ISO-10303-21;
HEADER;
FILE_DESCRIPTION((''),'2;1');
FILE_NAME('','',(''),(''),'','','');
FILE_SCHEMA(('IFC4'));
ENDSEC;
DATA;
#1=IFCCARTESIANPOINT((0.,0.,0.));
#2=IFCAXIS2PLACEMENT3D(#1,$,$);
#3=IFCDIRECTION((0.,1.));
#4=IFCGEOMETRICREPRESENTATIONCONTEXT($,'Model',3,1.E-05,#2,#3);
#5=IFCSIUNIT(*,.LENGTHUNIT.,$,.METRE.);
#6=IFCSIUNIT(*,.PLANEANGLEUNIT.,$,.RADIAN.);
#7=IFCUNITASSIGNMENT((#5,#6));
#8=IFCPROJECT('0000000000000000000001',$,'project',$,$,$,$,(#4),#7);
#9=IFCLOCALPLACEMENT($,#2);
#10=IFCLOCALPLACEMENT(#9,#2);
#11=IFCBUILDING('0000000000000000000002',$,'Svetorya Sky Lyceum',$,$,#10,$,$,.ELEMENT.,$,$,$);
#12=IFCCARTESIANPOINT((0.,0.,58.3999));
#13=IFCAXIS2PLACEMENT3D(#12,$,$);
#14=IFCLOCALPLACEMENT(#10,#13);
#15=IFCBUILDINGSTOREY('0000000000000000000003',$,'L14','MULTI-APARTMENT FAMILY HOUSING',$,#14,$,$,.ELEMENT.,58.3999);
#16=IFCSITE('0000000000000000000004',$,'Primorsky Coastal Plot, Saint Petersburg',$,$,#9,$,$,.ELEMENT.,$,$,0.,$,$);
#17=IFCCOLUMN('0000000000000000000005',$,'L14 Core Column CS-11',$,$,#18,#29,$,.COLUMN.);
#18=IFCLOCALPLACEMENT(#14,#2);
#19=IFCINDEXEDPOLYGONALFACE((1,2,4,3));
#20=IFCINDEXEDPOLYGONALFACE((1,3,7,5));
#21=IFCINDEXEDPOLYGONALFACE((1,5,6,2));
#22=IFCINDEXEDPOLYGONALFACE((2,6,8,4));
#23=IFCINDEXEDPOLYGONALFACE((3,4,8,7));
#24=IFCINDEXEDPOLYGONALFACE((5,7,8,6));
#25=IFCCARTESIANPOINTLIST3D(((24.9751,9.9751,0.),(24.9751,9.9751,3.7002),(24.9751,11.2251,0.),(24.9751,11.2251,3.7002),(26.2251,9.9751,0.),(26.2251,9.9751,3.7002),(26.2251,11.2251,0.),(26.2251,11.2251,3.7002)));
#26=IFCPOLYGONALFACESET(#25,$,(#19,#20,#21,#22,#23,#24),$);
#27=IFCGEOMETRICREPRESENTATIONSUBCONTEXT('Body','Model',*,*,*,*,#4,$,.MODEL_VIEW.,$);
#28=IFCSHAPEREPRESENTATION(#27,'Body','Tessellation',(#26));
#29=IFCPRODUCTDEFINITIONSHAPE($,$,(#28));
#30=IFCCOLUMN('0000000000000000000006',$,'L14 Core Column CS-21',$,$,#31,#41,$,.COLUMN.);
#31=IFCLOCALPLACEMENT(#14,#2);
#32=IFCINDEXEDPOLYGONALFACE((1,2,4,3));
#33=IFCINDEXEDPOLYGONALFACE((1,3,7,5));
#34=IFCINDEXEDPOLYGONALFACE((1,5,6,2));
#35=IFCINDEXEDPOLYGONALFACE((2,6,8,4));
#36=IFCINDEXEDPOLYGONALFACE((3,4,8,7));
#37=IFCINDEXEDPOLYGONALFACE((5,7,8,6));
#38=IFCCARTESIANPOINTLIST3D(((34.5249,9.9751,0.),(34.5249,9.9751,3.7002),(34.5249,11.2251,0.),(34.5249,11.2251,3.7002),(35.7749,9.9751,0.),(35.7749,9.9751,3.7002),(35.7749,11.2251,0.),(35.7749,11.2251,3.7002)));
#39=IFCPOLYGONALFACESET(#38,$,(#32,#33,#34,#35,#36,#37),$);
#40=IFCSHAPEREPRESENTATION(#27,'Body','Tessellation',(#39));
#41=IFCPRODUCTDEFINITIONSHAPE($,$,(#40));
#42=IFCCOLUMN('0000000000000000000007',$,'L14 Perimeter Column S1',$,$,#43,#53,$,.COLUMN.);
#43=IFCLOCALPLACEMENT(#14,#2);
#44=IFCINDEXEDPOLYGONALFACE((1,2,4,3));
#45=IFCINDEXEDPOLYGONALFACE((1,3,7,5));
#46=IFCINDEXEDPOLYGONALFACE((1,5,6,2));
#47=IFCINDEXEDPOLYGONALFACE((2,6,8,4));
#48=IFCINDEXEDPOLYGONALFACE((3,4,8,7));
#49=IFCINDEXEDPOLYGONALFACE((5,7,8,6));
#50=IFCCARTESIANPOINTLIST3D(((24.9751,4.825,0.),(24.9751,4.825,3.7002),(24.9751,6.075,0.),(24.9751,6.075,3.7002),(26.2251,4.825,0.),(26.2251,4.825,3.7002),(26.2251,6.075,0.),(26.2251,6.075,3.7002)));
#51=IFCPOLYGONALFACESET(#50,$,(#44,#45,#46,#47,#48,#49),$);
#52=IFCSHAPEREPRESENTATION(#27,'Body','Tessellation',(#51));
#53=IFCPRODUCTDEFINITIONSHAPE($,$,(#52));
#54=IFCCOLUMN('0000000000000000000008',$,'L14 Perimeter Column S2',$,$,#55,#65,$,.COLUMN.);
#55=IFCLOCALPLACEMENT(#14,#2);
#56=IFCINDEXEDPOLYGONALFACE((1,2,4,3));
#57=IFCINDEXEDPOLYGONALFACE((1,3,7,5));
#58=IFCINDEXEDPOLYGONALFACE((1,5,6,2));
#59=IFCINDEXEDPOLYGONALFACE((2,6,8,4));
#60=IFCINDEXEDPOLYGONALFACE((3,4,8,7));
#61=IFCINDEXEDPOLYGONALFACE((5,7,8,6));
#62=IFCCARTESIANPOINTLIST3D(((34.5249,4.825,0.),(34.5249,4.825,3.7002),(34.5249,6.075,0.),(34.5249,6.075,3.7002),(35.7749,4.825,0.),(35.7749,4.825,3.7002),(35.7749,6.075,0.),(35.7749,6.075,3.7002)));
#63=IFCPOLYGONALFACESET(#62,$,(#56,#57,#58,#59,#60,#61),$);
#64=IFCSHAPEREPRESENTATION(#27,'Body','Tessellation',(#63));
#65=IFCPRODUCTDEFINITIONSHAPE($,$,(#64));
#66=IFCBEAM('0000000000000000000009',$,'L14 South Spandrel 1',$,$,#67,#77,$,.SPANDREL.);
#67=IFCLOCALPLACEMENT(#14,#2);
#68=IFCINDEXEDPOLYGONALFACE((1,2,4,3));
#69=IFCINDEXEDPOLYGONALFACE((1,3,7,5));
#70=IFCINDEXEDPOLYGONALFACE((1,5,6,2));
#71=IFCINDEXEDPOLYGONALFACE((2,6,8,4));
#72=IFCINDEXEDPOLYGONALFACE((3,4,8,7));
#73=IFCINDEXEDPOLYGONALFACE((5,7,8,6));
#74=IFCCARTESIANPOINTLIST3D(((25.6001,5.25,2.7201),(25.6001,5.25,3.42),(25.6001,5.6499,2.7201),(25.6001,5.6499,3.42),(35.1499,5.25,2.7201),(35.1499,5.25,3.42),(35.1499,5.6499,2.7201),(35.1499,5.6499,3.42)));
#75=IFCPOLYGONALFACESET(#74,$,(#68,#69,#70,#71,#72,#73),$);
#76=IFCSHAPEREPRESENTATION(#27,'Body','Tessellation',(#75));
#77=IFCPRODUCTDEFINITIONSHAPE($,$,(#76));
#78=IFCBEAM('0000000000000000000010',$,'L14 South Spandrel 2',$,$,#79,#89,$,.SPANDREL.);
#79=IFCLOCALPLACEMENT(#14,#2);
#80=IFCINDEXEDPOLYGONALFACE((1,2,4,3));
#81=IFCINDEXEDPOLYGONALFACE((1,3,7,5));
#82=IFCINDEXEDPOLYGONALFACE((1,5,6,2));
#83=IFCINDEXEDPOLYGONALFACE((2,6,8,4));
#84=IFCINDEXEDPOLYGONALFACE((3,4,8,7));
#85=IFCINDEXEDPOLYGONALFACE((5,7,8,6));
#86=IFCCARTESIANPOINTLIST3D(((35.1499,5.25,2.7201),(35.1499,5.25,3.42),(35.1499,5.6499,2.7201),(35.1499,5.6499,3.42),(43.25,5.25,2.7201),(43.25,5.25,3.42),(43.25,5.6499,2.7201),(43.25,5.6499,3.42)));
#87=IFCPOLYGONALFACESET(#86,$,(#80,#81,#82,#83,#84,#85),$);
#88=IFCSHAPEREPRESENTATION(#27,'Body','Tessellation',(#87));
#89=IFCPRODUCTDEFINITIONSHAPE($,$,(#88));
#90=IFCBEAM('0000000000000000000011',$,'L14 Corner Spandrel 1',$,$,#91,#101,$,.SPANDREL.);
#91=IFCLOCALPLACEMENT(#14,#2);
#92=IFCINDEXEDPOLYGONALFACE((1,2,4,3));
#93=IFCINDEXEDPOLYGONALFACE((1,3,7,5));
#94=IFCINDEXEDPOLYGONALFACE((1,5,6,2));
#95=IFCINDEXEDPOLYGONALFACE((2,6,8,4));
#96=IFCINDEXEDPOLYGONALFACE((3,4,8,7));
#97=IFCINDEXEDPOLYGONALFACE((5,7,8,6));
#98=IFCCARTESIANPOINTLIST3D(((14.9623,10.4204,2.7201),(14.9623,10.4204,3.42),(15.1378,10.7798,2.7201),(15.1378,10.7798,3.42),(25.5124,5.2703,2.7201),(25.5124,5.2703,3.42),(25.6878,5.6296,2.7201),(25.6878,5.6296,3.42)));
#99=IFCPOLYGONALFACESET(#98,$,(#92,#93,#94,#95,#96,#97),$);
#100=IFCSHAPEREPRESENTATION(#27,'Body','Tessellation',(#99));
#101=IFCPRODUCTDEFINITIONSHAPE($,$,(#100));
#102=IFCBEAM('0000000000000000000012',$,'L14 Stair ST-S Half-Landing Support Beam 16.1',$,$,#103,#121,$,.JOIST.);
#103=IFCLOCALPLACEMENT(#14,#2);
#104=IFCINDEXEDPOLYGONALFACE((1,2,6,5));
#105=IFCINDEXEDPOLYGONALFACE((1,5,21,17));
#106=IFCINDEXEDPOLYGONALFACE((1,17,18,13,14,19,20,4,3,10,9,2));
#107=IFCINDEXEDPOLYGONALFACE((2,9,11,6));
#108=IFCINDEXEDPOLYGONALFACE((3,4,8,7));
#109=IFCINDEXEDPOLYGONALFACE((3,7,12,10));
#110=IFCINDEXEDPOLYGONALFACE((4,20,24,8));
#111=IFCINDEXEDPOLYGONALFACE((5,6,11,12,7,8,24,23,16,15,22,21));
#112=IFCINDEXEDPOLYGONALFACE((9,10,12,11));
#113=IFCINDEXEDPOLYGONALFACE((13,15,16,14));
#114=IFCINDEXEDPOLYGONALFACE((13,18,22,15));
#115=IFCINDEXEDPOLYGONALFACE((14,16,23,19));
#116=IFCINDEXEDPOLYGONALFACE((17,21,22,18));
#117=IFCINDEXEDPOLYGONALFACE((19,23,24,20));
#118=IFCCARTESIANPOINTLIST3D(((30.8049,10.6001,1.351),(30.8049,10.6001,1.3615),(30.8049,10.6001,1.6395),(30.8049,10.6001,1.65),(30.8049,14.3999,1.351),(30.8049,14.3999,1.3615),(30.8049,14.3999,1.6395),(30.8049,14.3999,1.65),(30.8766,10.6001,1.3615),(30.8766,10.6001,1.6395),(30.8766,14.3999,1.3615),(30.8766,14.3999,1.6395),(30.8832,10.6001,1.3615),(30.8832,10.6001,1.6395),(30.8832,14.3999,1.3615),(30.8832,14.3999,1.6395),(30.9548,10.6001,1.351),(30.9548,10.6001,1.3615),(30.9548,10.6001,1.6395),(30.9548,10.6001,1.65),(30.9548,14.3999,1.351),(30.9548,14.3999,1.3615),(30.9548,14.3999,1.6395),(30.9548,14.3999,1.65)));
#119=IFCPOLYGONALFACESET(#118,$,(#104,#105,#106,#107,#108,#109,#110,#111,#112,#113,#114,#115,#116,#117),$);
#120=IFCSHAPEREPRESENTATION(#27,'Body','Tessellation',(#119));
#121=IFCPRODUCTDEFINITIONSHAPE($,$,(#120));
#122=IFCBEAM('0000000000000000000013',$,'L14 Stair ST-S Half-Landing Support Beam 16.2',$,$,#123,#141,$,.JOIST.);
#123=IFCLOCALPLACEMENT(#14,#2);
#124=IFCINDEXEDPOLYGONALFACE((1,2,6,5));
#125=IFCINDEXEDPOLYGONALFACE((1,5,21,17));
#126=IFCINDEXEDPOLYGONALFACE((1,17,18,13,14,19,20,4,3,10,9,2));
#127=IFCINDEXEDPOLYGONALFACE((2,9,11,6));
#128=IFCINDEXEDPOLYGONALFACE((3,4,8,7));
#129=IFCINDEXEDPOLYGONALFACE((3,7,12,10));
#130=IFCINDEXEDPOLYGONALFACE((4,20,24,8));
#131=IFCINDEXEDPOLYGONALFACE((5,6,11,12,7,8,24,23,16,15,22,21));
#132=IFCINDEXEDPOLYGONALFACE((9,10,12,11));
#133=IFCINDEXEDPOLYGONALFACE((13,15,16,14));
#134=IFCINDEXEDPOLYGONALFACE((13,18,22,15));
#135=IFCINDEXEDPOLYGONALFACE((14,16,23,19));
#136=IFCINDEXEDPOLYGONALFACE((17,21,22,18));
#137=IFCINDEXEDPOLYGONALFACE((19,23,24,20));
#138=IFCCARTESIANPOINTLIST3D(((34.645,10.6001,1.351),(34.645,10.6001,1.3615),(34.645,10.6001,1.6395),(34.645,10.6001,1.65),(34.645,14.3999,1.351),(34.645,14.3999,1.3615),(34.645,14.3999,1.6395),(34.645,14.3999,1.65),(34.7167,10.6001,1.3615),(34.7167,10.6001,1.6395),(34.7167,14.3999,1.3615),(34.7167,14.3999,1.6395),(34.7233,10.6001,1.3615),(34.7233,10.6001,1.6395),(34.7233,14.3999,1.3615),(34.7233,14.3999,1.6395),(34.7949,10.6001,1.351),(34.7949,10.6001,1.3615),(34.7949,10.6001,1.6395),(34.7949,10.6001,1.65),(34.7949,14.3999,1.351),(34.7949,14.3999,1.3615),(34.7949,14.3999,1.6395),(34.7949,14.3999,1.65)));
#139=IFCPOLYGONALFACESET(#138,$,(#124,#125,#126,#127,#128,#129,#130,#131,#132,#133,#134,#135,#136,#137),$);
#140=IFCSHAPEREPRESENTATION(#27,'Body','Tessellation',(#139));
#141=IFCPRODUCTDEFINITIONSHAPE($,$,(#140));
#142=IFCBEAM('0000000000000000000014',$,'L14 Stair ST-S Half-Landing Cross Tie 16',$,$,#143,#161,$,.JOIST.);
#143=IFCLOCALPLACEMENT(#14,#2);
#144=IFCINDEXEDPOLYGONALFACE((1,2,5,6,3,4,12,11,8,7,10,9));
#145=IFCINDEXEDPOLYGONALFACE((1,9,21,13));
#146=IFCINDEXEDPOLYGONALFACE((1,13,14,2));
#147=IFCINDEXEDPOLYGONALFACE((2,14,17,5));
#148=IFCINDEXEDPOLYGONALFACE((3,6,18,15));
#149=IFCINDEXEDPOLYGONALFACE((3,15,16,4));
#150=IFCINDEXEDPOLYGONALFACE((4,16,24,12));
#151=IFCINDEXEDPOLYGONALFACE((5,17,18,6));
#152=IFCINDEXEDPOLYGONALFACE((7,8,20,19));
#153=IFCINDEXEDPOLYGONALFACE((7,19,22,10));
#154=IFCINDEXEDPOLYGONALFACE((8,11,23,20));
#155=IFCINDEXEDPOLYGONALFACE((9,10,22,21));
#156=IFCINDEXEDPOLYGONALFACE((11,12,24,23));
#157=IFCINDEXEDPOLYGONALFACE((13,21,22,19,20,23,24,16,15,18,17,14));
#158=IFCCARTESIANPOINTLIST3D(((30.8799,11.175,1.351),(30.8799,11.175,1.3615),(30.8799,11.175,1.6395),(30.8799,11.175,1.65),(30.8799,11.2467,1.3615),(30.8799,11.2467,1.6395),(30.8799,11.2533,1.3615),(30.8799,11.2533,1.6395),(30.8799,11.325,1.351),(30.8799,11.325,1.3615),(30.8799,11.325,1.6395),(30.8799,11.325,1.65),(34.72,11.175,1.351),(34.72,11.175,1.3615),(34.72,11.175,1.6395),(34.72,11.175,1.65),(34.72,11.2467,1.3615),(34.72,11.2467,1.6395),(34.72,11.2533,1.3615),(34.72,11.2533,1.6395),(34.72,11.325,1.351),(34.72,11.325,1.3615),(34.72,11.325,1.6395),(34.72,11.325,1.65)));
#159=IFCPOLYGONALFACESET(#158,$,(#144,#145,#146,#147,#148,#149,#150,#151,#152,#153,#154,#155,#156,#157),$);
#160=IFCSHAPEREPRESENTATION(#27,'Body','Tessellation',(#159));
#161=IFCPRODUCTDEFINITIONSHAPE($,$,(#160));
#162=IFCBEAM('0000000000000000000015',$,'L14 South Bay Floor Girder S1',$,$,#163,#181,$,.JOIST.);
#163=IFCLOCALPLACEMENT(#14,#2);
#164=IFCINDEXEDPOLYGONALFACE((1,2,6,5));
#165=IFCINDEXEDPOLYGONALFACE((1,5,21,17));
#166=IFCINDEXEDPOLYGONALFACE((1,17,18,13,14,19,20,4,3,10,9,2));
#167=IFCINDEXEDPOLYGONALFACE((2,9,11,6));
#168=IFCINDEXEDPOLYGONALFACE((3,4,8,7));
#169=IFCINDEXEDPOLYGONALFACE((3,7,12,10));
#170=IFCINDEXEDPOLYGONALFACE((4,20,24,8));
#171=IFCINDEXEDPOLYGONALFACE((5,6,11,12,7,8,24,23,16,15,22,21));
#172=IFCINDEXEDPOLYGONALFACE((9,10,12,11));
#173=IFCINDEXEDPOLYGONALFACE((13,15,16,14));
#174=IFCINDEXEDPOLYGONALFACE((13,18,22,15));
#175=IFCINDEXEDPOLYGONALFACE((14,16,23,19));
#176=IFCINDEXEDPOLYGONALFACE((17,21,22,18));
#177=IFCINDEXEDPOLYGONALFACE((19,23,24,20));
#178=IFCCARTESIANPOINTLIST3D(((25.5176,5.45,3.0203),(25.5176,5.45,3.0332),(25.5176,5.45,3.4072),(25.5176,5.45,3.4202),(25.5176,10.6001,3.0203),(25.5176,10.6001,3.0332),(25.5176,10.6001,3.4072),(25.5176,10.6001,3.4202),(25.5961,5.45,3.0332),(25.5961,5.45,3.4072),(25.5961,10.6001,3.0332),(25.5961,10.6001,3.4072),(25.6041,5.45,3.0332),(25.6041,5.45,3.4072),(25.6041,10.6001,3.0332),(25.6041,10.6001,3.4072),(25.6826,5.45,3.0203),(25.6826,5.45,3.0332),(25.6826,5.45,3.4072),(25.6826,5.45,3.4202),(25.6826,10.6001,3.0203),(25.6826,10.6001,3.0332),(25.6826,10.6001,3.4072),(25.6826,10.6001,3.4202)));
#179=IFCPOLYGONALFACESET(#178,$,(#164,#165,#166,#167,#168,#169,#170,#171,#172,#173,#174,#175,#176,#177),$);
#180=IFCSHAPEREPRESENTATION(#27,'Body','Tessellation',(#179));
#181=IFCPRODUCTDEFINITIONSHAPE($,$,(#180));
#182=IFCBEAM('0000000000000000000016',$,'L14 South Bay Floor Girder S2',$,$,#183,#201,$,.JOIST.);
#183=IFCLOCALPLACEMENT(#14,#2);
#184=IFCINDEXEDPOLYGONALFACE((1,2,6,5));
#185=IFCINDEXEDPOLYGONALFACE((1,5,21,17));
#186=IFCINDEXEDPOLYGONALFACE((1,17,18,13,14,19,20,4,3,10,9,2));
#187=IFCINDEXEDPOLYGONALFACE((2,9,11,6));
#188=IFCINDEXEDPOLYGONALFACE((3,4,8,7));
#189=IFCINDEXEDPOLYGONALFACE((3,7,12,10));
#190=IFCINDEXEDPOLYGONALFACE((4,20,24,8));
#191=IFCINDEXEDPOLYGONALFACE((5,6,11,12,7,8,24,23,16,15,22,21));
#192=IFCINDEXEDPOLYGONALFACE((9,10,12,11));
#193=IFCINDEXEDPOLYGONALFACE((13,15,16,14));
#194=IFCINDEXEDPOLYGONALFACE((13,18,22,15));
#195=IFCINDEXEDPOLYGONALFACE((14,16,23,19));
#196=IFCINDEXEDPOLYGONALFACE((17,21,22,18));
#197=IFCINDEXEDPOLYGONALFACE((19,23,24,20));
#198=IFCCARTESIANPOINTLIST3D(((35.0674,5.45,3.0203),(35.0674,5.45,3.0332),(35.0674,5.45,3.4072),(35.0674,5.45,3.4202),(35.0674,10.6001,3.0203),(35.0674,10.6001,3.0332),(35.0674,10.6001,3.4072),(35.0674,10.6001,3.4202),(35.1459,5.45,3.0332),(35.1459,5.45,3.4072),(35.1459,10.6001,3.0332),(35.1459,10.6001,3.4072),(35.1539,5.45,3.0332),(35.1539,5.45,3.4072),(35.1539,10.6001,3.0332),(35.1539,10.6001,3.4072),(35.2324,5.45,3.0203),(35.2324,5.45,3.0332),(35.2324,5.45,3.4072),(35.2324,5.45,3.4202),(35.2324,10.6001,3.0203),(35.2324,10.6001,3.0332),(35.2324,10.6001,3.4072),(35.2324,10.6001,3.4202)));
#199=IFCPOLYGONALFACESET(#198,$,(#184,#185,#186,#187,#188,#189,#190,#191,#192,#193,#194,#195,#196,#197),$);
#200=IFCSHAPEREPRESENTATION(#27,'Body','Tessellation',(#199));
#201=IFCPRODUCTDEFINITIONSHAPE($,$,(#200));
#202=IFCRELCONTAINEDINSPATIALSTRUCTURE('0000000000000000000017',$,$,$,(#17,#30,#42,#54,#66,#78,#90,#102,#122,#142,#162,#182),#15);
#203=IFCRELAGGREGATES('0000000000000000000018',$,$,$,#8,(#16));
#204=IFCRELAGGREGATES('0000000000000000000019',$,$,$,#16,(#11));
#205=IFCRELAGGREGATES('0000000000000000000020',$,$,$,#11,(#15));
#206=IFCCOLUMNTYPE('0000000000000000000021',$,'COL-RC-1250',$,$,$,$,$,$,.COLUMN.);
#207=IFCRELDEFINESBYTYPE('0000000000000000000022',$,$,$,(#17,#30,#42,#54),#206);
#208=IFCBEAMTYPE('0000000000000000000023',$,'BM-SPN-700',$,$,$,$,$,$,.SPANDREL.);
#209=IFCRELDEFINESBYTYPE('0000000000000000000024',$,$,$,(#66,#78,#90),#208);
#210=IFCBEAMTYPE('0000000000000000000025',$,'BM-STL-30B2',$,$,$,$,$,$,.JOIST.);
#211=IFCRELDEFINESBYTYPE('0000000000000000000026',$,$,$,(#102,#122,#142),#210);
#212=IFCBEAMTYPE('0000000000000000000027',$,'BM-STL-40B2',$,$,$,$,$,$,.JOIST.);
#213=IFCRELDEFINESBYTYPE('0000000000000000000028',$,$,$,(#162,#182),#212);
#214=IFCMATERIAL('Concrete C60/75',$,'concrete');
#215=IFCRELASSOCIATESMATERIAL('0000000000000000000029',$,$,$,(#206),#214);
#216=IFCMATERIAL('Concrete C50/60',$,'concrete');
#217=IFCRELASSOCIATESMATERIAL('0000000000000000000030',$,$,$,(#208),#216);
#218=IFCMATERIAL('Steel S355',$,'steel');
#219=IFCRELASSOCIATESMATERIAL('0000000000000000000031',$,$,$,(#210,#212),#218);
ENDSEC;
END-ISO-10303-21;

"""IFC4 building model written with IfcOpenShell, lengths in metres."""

from ifc_helpers import new_model, si_unit, direction, frame, origin, origin_2d, place, context, subcontext, project, spatial, rectangle, i_section, extrude, material, material_profile, profile_set, type_object, element, save


model = new_model("IFC4")

# Units and contexts
model_context = context("Model", 3, precision=1e-05, world=origin(), true_north=direction((0.0, 1.0)))
body_context = subcontext(model_context, "Body", "Model", "MODEL_VIEW")
ifc_project = project(units=[si_unit("LENGTHUNIT", "METRE"), si_unit("PLANEANGLEUNIT", "RADIAN")], contexts=[model_context])

# Site, building, storey
site_placement = place(None, origin())
site = spatial("IfcSite", under=ifc_project, at=site_placement, Name="Primorsky Coastal Plot, Saint Petersburg", CompositionType="ELEMENT", RefElevation=0.0)
building_placement = place(site_placement, origin())
building = spatial("IfcBuilding", under=site, at=building_placement, Name="Svetorya Sky Lyceum", CompositionType="ELEMENT")
storey_placement = place(building_placement, frame((0.0, 0.0, 58.3999)))
storey = spatial("IfcBuildingStorey", under=building, at=storey_placement, Name="L14", Description="MULTI-APARTMENT FAMILY HOUSING", CompositionType="ELEMENT", Elevation=58.3999)

# Columns
ifc_material_1 = material(Name="Concrete C60/75", Category="concrete")
ifc_material_profile_1 = material_profile(ifc_material_1, rectangle(XDim=1.25, YDim=1.25, at=origin_2d()), Name="RC COL 1250x1250")
ifc_profile_set_1 = profile_set([ifc_material_profile_1], Name="Concrete C60/75")
column_type = type_object("IfcColumnType", Name="COL-RC-1250", PredefinedType="COLUMN", material=ifc_profile_set_1)
for number, where, z_axis, x_axis, name in (
    (1, (25.6001, 10.6001, 0.0), (0.0, 0.0, 1.0), (1.0, 0.0, 0.0), "L14 Core Column CS-11"),
    (2, (35.1499, 10.6001, 0.0), (0.0, 0.0, 1.0), (1.0, 0.0, 0.0), "L14 Core Column CS-21"),
    (3, (25.6001, 5.45, 0.0), (0.0, 0.0, 1.0), (1.0, 0.0, 0.0), "L14 Perimeter Column S1"),
    (4, (35.1499, 5.45, 0.0), (0.0, 0.0, 1.0), (1.0, 0.0, 0.0), "L14 Perimeter Column S2"),
):
    element("IfcColumn", number, at=place(storey_placement, frame(where, z_axis=z_axis, x_axis=x_axis)), inside=storey, type_object=column_type, Name=name, PredefinedType="COLUMN", context=body_context, shape_type="SweptSolid", body=[
        extrude(rectangle(XDim=1.25, YDim=1.25, at=origin_2d()), origin(), (0.0, 0.0, 1.0), 3.7002),
    ])

# Beams
ifc_material_2 = material(Name="Concrete C50/60", Category="concrete")
ifc_material_profile_2 = material_profile(ifc_material_2, rectangle(XDim=0.3999, YDim=0.7, at=origin_2d()), Name="RC SPANDREL 400x700")
ifc_profile_set_2 = profile_set([ifc_material_profile_2], Name="Concrete C50/60")
beam_type_1 = type_object("IfcBeamType", Name="BM-SPN-700", PredefinedType="SPANDREL", material=ifc_profile_set_2)
beam_1_placement = place(storey_placement, frame((25.6001, 5.45, 3.0701), z_axis=(1.0, 0.0, 0.0), x_axis=(0.0, 1.0, 0.0)))
element("IfcBeam", 5, at=beam_1_placement, inside=storey, type_object=beam_type_1, Name="L14 South Spandrel 1", PredefinedType="SPANDREL", context=body_context, shape_type="SweptSolid", body=[
    extrude(rectangle(XDim=0.3999, YDim=0.7, at=origin_2d()), origin(), (0.0, 0.0, 1.0), 9.5498),
])
beam_2_placement = place(storey_placement, frame((35.1499, 5.45, 3.0701), z_axis=(1.0, 0.0, 0.0), x_axis=(0.0, 1.0, 0.0)))
element("IfcBeam", 6, at=beam_2_placement, inside=storey, type_object=beam_type_1, Name="L14 South Spandrel 2", PredefinedType="SPANDREL", context=body_context, shape_type="SweptSolid", body=[
    extrude(rectangle(XDim=0.3999, YDim=0.7, at=origin_2d()), origin(), (0.0, 0.0, 1.0), 8.1001),
])
beam_3_placement = place(storey_placement, frame((25.6001, 5.45, 3.0701), z_axis=(-0.898641, 0.438684, 0.0), x_axis=(-0.438684, -0.898641, 0.0)))
element("IfcBeam", 7, at=beam_3_placement, inside=storey, type_object=beam_type_1, Name="L14 Corner Spandrel 1", PredefinedType="SPANDREL", context=body_context, shape_type="SweptSolid", body=[
    extrude(rectangle(XDim=0.3999, YDim=0.7, at=origin_2d()), origin(), (0.0, 0.0, 1.0), 11.74),
])
ifc_material_3 = material(Name="Steel S355", Category="steel")
ifc_material_profile_3 = material_profile(ifc_material_3, i_section(OverallWidth=0.1499, OverallDepth=0.2991, WebThickness=0.0066, FlangeThickness=0.0105, at=origin_2d()), Name="GOST 30B2")
ifc_profile_set_3 = profile_set([ifc_material_profile_3], Name="Steel S355")
beam_type_2 = type_object("IfcBeamType", Name="BM-STL-30B2", PredefinedType="JOIST", material=ifc_profile_set_3)
for number, where, z_axis, x_axis, name in (
    (8, (30.8799, 10.6001, 1.5005), (0.0, 1.0, 0.0), (-1.0, 0.0, 0.0), "L14 Stair ST-S Half-Landing Support Beam 16.1"),
    (9, (34.72, 10.6001, 1.5005), (0.0, 1.0, 0.0), (-1.0, 0.0, 0.0), "L14 Stair ST-S Half-Landing Support Beam 16.2"),
):
    element("IfcBeam", number, at=place(storey_placement, frame(where, z_axis=z_axis, x_axis=x_axis)), inside=storey, type_object=beam_type_2, Name=name, PredefinedType="JOIST", context=body_context, shape_type="SweptSolid", body=[
        extrude(i_section(OverallWidth=0.1499, OverallDepth=0.2991, WebThickness=0.0066, FlangeThickness=0.0105, at=origin_2d()), origin(), (0.0, 0.0, 1.0), 3.7998),
    ])
beam_4_placement = place(storey_placement, frame((30.8799, 11.25, 1.5005), z_axis=(1.0, 0.0, 0.0), x_axis=(0.0, 1.0, 0.0)))
element("IfcBeam", 10, at=beam_4_placement, inside=storey, type_object=beam_type_2, Name="L14 Stair ST-S Half-Landing Cross Tie 16", PredefinedType="JOIST", context=body_context, shape_type="SweptSolid", body=[
    extrude(i_section(OverallWidth=0.1499, OverallDepth=0.2991, WebThickness=0.0066, FlangeThickness=0.0105, at=origin_2d()), origin(), (0.0, 0.0, 1.0), 3.8401),
])
ifc_material_profile_4 = material_profile(ifc_material_3, i_section(OverallWidth=0.165, OverallDepth=0.3999, WebThickness=0.0081, FlangeThickness=0.0129, at=origin_2d()), Name="GOST 40B2")
ifc_profile_set_4 = profile_set([ifc_material_profile_4], Name="Steel S355")
beam_type_3 = type_object("IfcBeamType", Name="BM-STL-40B2", PredefinedType="JOIST", material=ifc_profile_set_4)
for number, where, z_axis, x_axis, name in (
    (11, (25.6001, 5.45, 3.2202), (0.0, 1.0, 0.0), (-1.0, 0.0, 0.0), "L14 South Bay Floor Girder S1"),
    (12, (35.1499, 5.45, 3.2202), (0.0, 1.0, 0.0), (-1.0, 0.0, 0.0), "L14 South Bay Floor Girder S2"),
):
    element("IfcBeam", number, at=place(storey_placement, frame(where, z_axis=z_axis, x_axis=x_axis)), inside=storey, type_object=beam_type_3, Name=name, PredefinedType="JOIST", context=body_context, shape_type="SweptSolid", body=[
        extrude(i_section(OverallWidth=0.165, OverallDepth=0.3999, WebThickness=0.0081, FlangeThickness=0.0129, at=origin_2d()), origin(), (0.0, 0.0, 1.0), 5.1501),
    ])

save(model, "model.ifc")
